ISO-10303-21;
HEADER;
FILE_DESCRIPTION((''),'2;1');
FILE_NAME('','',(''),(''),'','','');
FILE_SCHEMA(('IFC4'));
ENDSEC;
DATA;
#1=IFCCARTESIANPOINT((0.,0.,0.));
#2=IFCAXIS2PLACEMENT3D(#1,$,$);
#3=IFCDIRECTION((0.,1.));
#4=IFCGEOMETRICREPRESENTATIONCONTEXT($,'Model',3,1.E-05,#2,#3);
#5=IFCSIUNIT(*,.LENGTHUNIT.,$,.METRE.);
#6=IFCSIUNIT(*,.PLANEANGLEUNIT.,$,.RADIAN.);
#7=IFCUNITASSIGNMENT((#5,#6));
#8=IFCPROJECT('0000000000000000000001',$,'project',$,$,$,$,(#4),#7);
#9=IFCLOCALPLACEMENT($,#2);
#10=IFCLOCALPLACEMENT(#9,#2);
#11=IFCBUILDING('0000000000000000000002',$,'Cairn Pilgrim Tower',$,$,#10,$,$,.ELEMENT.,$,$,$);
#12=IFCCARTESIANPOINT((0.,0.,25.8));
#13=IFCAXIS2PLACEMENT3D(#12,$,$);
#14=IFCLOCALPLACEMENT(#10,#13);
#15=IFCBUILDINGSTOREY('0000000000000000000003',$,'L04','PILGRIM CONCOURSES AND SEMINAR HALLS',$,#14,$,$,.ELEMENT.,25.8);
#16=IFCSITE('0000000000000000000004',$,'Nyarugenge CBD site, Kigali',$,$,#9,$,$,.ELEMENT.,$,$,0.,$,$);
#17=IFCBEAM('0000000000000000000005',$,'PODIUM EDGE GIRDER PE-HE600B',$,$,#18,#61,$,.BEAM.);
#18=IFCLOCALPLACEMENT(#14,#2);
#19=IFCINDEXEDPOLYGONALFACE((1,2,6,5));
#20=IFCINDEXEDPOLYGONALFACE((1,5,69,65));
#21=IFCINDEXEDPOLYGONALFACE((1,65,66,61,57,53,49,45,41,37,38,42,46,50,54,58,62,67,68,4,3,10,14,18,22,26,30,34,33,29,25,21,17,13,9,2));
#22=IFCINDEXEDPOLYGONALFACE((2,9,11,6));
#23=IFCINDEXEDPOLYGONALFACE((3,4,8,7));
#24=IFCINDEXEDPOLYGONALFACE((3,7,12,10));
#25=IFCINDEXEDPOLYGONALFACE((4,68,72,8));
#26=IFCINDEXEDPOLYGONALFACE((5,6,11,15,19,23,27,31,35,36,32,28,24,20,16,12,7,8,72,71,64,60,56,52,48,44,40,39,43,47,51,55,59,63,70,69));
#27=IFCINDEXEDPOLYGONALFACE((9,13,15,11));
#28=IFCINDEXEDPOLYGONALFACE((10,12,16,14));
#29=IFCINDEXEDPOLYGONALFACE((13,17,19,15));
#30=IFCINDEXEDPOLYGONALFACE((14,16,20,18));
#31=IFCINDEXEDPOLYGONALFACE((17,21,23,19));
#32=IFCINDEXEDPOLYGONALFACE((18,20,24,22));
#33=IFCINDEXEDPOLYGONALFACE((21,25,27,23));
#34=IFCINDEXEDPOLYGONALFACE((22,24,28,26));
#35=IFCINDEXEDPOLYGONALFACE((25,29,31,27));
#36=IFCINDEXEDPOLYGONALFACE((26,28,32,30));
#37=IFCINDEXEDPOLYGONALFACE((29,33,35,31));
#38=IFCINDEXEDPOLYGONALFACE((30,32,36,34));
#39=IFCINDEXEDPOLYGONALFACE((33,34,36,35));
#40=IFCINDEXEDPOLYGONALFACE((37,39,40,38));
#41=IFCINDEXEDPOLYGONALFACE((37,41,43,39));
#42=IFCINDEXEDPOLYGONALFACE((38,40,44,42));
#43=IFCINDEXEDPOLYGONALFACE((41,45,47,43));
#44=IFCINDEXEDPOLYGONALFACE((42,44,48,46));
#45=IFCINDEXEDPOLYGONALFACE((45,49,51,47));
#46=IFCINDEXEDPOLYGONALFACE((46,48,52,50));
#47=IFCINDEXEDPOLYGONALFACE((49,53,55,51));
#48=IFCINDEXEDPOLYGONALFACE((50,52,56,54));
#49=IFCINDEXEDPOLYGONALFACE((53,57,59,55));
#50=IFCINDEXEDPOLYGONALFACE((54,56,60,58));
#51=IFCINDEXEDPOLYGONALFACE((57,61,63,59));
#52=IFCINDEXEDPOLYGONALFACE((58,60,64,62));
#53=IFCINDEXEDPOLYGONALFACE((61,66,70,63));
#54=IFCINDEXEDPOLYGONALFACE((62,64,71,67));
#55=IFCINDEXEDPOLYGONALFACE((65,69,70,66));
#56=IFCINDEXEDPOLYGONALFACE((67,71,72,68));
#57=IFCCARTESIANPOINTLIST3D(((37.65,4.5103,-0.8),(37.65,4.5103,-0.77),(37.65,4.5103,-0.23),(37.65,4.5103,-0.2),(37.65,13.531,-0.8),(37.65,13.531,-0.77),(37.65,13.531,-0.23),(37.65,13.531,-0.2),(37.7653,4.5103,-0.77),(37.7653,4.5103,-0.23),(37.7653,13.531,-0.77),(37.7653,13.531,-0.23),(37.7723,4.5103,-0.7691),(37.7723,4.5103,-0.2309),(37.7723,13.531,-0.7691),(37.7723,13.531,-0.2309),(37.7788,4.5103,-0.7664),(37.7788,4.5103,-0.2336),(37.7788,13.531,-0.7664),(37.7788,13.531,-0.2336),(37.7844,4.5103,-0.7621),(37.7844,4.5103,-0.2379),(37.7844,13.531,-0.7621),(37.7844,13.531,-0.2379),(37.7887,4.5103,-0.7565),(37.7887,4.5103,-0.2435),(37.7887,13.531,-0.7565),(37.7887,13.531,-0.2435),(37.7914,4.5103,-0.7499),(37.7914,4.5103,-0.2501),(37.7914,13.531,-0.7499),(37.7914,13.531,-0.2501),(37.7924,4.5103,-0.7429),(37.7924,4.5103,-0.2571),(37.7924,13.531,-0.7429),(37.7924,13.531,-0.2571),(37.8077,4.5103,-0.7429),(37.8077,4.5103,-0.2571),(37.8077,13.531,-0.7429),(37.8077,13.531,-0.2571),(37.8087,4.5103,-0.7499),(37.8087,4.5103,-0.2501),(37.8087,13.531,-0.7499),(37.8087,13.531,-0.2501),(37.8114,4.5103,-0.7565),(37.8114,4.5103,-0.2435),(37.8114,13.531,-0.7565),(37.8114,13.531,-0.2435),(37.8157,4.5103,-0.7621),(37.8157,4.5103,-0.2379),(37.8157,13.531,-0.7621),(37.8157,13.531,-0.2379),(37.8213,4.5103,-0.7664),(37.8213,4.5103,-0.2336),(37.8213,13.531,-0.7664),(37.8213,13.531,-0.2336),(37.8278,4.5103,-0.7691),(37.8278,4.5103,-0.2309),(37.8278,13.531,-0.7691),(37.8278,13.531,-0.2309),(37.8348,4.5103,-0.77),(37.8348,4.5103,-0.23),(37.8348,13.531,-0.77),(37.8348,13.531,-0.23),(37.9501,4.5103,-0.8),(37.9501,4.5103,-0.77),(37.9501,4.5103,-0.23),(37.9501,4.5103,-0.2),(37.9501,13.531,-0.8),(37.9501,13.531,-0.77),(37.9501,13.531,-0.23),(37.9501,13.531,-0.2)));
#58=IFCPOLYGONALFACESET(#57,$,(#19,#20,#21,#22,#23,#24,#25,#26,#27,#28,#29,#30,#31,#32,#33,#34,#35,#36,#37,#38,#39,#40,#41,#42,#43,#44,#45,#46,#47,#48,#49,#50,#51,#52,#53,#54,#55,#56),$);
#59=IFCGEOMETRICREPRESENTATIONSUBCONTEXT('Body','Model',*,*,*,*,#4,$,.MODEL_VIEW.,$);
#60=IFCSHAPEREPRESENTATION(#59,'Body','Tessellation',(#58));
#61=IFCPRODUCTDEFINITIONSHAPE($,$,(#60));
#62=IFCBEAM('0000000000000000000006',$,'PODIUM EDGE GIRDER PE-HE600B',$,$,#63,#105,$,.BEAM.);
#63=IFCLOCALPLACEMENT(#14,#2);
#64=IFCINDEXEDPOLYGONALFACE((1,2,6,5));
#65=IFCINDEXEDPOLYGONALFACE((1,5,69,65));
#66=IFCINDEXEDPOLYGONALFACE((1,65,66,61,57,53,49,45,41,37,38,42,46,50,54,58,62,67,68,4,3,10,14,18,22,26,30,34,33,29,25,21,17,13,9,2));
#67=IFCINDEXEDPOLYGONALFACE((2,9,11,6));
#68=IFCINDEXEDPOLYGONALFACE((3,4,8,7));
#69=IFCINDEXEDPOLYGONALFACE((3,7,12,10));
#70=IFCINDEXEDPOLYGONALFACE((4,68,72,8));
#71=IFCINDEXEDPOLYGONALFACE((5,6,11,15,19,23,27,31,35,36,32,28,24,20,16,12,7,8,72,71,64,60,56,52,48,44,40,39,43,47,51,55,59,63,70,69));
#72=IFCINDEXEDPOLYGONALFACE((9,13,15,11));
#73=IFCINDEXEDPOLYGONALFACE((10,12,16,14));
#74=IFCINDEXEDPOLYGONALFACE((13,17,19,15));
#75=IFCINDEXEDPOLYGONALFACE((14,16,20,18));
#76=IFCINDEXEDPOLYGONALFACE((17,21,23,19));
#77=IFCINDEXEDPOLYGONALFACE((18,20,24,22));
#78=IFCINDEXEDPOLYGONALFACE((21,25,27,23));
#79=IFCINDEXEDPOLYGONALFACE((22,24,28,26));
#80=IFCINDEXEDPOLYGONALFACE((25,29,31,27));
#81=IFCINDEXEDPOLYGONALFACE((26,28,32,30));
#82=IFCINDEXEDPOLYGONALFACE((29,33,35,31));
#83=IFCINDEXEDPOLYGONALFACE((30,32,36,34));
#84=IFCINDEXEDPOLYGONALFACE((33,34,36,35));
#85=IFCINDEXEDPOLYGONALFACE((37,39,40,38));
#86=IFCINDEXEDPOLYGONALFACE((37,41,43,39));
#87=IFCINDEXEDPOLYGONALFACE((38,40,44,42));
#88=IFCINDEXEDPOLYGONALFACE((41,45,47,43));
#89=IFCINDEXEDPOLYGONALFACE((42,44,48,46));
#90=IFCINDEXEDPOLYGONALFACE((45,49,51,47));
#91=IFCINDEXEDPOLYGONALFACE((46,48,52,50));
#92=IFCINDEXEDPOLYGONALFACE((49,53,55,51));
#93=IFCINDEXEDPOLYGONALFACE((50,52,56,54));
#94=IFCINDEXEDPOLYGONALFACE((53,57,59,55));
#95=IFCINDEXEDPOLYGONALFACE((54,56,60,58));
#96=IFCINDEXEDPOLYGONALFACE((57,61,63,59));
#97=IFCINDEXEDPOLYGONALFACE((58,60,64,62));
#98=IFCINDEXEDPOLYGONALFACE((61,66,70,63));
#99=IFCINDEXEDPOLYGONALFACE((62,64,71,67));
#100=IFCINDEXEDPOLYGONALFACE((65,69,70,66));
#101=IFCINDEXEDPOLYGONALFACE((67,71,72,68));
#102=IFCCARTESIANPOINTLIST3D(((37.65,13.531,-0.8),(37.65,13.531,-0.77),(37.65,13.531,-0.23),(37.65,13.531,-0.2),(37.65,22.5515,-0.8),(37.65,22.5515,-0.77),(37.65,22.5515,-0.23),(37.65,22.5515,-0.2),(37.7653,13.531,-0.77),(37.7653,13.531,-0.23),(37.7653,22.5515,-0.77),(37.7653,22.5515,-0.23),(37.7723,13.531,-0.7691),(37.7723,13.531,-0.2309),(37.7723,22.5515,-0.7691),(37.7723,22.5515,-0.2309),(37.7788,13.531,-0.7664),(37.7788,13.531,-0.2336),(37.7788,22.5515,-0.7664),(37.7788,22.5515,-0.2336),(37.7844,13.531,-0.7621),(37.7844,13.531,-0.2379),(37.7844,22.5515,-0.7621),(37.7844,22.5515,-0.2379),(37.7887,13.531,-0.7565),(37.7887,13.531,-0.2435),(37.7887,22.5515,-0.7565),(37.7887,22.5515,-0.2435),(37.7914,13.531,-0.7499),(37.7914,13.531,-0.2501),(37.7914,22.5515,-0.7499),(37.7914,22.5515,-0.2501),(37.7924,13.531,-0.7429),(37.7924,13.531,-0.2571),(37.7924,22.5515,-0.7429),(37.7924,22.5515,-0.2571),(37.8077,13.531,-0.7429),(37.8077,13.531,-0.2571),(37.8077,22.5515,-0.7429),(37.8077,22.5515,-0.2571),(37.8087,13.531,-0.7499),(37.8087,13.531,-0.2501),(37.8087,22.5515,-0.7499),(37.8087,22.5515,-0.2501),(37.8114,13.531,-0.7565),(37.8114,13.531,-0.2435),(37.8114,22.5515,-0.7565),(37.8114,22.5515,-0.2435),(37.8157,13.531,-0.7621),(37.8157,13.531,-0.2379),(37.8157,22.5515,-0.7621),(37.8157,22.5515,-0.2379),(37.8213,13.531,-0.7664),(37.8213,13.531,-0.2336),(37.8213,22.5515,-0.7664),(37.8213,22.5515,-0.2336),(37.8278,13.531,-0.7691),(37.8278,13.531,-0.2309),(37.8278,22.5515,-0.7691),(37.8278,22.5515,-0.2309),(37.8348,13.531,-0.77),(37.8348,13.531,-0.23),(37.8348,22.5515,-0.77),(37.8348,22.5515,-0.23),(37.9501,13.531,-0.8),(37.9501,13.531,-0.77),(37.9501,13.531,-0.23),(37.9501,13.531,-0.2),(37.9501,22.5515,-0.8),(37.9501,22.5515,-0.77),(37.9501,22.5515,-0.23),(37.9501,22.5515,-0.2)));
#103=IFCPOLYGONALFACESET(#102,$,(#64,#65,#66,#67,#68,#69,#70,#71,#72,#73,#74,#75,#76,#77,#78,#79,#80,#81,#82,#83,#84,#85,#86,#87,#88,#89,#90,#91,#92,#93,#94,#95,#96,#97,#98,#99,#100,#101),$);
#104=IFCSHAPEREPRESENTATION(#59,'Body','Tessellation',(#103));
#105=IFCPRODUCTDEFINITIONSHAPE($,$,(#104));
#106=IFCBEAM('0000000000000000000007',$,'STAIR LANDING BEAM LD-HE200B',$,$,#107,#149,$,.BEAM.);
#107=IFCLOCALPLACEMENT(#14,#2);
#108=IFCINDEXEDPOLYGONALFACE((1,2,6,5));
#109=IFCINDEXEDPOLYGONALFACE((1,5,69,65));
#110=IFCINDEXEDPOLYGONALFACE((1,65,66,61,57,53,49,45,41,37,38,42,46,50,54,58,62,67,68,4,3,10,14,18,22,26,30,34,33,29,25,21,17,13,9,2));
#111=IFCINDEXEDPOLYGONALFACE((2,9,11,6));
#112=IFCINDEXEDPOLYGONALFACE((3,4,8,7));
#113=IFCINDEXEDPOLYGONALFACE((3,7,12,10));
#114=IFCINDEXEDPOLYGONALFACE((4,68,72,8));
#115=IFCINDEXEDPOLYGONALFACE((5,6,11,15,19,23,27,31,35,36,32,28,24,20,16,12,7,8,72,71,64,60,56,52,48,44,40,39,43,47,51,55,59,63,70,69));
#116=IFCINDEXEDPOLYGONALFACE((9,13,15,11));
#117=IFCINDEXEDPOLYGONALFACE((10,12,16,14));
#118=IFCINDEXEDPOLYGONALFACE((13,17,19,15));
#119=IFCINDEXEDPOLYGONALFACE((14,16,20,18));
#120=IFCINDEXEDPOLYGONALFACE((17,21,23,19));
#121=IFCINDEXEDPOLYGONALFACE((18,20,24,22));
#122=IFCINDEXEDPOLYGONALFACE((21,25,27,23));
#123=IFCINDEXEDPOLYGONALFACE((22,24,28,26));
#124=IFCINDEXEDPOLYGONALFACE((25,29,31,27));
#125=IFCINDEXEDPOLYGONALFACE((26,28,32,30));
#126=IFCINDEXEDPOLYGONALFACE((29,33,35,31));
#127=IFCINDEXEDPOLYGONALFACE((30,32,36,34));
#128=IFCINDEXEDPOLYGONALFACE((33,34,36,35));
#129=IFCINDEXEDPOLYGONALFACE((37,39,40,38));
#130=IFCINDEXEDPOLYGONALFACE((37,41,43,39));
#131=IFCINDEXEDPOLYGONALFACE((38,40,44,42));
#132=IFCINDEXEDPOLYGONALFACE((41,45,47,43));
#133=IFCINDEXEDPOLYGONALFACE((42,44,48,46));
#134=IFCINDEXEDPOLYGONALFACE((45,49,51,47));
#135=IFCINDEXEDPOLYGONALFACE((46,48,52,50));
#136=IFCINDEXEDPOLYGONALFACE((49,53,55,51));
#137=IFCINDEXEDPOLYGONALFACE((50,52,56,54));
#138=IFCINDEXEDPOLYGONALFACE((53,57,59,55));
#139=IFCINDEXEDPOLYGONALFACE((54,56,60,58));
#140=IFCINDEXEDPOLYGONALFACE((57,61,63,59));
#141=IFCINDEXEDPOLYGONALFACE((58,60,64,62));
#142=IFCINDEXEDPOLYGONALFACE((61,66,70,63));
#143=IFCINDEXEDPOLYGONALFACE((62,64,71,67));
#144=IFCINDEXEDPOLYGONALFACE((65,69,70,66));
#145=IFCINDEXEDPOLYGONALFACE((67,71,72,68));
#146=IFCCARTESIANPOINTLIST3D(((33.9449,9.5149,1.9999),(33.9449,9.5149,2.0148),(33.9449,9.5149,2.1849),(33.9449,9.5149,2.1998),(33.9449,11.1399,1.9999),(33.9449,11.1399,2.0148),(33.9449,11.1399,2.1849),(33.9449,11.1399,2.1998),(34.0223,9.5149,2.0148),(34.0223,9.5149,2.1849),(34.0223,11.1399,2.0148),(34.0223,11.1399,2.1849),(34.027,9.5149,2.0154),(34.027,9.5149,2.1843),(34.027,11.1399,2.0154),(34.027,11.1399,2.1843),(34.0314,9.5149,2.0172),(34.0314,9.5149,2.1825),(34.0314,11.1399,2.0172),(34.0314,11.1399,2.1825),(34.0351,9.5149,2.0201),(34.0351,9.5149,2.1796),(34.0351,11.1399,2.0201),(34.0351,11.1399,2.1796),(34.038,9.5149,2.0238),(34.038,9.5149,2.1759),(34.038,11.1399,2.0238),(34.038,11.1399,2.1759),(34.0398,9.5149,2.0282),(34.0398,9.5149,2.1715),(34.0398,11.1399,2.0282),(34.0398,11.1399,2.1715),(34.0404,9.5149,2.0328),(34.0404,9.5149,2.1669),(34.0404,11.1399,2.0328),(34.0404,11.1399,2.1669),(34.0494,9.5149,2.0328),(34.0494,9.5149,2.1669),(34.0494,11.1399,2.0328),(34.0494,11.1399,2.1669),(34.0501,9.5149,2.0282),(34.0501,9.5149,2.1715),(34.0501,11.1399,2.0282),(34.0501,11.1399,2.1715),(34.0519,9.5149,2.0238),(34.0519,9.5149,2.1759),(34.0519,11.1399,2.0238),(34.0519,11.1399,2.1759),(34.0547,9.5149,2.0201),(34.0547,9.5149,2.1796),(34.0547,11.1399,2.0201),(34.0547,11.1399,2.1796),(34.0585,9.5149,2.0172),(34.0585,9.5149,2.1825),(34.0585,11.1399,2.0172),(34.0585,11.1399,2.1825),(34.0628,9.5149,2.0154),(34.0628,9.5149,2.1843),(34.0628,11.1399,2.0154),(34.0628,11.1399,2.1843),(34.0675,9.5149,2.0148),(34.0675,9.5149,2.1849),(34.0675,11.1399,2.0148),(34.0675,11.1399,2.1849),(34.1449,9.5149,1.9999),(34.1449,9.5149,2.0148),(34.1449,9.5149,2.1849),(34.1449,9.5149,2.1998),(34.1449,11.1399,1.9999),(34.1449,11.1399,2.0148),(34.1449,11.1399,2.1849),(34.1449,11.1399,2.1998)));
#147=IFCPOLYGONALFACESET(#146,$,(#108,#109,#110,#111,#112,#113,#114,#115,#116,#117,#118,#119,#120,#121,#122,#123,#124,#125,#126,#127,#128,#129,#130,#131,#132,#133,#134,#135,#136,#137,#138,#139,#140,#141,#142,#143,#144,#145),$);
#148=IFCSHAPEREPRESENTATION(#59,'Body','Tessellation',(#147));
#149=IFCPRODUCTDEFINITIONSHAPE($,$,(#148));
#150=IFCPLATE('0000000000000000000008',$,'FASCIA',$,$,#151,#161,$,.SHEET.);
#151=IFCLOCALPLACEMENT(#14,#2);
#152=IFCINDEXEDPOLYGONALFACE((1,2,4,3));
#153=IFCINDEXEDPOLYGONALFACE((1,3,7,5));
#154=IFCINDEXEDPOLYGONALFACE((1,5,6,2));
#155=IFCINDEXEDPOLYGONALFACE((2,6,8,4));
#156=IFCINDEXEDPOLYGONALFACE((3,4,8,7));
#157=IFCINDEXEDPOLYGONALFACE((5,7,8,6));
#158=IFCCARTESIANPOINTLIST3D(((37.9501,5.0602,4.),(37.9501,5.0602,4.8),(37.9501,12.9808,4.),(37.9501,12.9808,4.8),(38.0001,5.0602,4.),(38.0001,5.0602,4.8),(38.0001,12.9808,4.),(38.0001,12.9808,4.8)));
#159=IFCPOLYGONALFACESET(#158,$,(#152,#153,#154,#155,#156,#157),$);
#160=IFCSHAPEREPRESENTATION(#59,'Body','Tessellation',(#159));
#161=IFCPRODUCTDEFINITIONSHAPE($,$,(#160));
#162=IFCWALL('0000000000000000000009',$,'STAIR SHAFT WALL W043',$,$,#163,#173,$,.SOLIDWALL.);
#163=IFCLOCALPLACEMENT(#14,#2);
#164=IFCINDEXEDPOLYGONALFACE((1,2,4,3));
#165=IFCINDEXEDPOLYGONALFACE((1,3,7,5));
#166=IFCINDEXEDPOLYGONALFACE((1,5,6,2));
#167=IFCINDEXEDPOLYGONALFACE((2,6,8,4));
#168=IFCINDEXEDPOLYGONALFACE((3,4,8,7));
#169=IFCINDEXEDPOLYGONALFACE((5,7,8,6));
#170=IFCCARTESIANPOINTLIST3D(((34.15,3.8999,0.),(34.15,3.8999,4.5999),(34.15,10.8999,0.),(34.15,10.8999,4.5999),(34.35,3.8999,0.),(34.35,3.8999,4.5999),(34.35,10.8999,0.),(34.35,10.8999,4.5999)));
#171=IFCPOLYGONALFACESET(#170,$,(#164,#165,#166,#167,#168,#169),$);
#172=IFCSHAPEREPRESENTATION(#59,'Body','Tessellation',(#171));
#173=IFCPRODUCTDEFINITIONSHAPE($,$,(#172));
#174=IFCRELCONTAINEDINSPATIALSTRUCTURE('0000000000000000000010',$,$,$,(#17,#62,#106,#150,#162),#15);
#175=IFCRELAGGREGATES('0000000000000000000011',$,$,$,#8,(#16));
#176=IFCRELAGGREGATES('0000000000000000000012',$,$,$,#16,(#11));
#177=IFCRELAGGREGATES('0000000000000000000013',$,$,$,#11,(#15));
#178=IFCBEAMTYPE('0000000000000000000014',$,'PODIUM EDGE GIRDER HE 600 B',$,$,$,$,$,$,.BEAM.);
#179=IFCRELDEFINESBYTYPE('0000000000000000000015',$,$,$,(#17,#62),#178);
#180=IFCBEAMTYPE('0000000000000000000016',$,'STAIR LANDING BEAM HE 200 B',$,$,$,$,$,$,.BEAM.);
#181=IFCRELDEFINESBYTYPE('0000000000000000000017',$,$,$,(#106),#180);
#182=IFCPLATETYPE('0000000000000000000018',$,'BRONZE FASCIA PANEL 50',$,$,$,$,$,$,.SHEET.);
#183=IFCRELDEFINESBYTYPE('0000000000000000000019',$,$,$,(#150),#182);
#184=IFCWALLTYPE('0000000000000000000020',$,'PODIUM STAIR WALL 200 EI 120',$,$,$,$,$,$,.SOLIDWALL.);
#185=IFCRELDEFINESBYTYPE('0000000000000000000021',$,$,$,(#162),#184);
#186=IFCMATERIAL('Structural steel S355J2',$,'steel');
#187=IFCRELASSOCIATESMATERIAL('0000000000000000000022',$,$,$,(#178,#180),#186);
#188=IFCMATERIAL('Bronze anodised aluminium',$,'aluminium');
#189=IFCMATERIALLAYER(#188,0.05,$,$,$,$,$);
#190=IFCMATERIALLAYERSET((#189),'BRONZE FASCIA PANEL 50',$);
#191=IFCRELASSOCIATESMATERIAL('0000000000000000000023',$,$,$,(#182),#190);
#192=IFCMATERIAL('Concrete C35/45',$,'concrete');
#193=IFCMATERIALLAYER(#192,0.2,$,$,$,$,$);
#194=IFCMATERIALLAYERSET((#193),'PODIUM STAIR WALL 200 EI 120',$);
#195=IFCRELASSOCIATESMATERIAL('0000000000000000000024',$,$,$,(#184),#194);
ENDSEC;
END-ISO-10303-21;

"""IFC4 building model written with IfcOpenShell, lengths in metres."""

from ifc_helpers import new_model, si_unit, direction, frame, frame_2d, origin, origin_2d, place, context, subcontext, project, spatial, rectangle, i_section, extrude, material, layer, layer_set, material_profile, profile_set, type_object, element, save


model = new_model("IFC4")

# Units and contexts
model_context = context("Model", 3, precision=1e-05, world=origin(), true_north=direction((0.0, 1.0)))
body_context = subcontext(model_context, "Body", "Model", "MODEL_VIEW")
ifc_project = project(units=[si_unit("LENGTHUNIT", "METRE"), si_unit("PLANEANGLEUNIT", "RADIAN")], contexts=[model_context])

# Site, building, storey
site_placement = place(None, origin())
site = spatial("IfcSite", under=ifc_project, at=site_placement, Name="Nyarugenge CBD site, Kigali", CompositionType="ELEMENT", RefElevation=0.0)
building_placement = place(site_placement, origin())
building = spatial("IfcBuilding", under=site, at=building_placement, Name="Cairn Pilgrim Tower", CompositionType="ELEMENT")
storey_placement = place(building_placement, frame((0.0, 0.0, 25.8)))
storey = spatial("IfcBuildingStorey", under=building, at=storey_placement, Name="L04", Description="PILGRIM CONCOURSES AND SEMINAR HALLS", CompositionType="ELEMENT", Elevation=25.8)

# Shared definitions
ifc_material_1 = material(Name="Structural steel S355J2", Category="steel")

# Beams
ifc_material_profile_1 = material_profile(ifc_material_1, i_section(OverallWidth=0.3, OverallDepth=0.6001, WebThickness=0.0154, FlangeThickness=0.03, FilletRadius=0.0271, at=origin_2d()), Name="HEB 600")
ifc_profile_set_1 = profile_set([ifc_material_profile_1], Name="Structural steel S355J2")
beam_type_1 = type_object("IfcBeamType", Name="PODIUM EDGE GIRDER HE 600 B", PredefinedType="BEAM", material=ifc_profile_set_1)
beam_1_placement = place(storey_placement, frame((37.8, 4.5103, -0.5), z_axis=(0.0, 1.0, 0.0), x_axis=(-1.0, 0.0, 0.0)))
element("IfcBeam", 1, at=beam_1_placement, inside=storey, type_object=beam_type_1, Name="PODIUM EDGE GIRDER PE-HE600B", PredefinedType="BEAM", context=body_context, shape_type="SweptSolid", body=[
    extrude(i_section(OverallWidth=0.3, OverallDepth=0.6001, WebThickness=0.0154, FlangeThickness=0.03, FilletRadius=0.0271, at=origin_2d()), origin(), (0.0, 0.0, 1.0), 9.0208),
])
beam_2_placement = place(storey_placement, frame((37.8, 13.531, -0.5), z_axis=(0.0, 1.0, 0.0), x_axis=(-1.0, 0.0, 0.0)))
element("IfcBeam", 2, at=beam_2_placement, inside=storey, type_object=beam_type_1, Name="PODIUM EDGE GIRDER PE-HE600B", PredefinedType="BEAM", context=body_context, shape_type="SweptSolid", body=[
    extrude(i_section(OverallWidth=0.3, OverallDepth=0.6001, WebThickness=0.0154, FlangeThickness=0.03, FilletRadius=0.0271, at=origin_2d()), origin(), (0.0, 0.0, 1.0), 9.0205),
])
ifc_material_profile_2 = material_profile(ifc_material_1, i_section(OverallWidth=0.2, OverallDepth=0.2, WebThickness=0.009, FlangeThickness=0.0149, FilletRadius=0.0181, at=origin_2d()), Name="HE 200 B")
ifc_profile_set_2 = profile_set([ifc_material_profile_2], Name="Structural steel S355J2")
beam_type_2 = type_object("IfcBeamType", Name="STAIR LANDING BEAM HE 200 B", PredefinedType="BEAM", material=ifc_profile_set_2)
beam_3_placement = place(storey_placement, frame((34.0449, 11.1399, 2.0999), z_axis=(0.0, -1.0, 0.0), x_axis=(1.0, 0.0, 0.0)))
element("IfcBeam", 3, at=beam_3_placement, inside=storey, type_object=beam_type_2, Name="STAIR LANDING BEAM LD-HE200B", PredefinedType="BEAM", context=body_context, shape_type="SweptSolid", body=[
    extrude(i_section(OverallWidth=0.2, OverallDepth=0.2, WebThickness=0.009, FlangeThickness=0.0149, FilletRadius=0.0181, at=origin_2d()), origin(), (0.0, 0.0, 1.0), 1.625),
])

# Plate
ifc_material_2 = material(Name="Bronze anodised aluminium", Category="aluminium")
ifc_layer_1 = layer(ifc_material_2, 0.05)
ifc_layer_set_1 = layer_set([ifc_layer_1], Name="BRONZE FASCIA PANEL 50")
plate_type = type_object("IfcPlateType", Name="BRONZE FASCIA PANEL 50", PredefinedType="SHEET", material=ifc_layer_set_1)
plate_placement = place(storey_placement, frame((37.9751, 9.0205, 4.0), z_axis=(0.0, 0.0, 1.0), x_axis=(0.0, 1.0, 0.0)))
element("IfcPlate", 4, at=plate_placement, inside=storey, type_object=plate_type, Name="FASCIA", PredefinedType="SHEET", context=body_context, shape_type="SweptSolid", body=[
    extrude(rectangle(XDim=7.9207, YDim=0.05, at=origin_2d()), origin(), (0.0, 0.0, 1.0), 0.8),
])

# Wall
ifc_material_3 = material(Name="Concrete C35/45", Category="concrete")
ifc_layer_2 = layer(ifc_material_3, 0.2)
ifc_layer_set_2 = layer_set([ifc_layer_2], Name="PODIUM STAIR WALL 200 EI 120")
wall_type_1 = type_object("IfcWallType", Name="PODIUM STAIR WALL 200 EI 120", PredefinedType="SOLIDWALL", material=ifc_layer_set_2)
wall_1_placement = place(storey_placement, frame((34.25, 3.8999, 0.0), z_axis=(0.0, 0.0, 1.0), x_axis=(0.0, 1.0, 0.0)))
element("IfcWall", 5, at=wall_1_placement, inside=storey, type_object=wall_type_1, Name="STAIR SHAFT WALL W043", PredefinedType="SOLIDWALL", context=body_context, shape_type="SweptSolid", body=[
    extrude(rectangle(XDim=7.0, YDim=0.2, at=frame_2d((3.5, 0.0))), origin(), (0.0, 0.0, 1.0), 4.5999),
])

save(model, "model.ifc")
